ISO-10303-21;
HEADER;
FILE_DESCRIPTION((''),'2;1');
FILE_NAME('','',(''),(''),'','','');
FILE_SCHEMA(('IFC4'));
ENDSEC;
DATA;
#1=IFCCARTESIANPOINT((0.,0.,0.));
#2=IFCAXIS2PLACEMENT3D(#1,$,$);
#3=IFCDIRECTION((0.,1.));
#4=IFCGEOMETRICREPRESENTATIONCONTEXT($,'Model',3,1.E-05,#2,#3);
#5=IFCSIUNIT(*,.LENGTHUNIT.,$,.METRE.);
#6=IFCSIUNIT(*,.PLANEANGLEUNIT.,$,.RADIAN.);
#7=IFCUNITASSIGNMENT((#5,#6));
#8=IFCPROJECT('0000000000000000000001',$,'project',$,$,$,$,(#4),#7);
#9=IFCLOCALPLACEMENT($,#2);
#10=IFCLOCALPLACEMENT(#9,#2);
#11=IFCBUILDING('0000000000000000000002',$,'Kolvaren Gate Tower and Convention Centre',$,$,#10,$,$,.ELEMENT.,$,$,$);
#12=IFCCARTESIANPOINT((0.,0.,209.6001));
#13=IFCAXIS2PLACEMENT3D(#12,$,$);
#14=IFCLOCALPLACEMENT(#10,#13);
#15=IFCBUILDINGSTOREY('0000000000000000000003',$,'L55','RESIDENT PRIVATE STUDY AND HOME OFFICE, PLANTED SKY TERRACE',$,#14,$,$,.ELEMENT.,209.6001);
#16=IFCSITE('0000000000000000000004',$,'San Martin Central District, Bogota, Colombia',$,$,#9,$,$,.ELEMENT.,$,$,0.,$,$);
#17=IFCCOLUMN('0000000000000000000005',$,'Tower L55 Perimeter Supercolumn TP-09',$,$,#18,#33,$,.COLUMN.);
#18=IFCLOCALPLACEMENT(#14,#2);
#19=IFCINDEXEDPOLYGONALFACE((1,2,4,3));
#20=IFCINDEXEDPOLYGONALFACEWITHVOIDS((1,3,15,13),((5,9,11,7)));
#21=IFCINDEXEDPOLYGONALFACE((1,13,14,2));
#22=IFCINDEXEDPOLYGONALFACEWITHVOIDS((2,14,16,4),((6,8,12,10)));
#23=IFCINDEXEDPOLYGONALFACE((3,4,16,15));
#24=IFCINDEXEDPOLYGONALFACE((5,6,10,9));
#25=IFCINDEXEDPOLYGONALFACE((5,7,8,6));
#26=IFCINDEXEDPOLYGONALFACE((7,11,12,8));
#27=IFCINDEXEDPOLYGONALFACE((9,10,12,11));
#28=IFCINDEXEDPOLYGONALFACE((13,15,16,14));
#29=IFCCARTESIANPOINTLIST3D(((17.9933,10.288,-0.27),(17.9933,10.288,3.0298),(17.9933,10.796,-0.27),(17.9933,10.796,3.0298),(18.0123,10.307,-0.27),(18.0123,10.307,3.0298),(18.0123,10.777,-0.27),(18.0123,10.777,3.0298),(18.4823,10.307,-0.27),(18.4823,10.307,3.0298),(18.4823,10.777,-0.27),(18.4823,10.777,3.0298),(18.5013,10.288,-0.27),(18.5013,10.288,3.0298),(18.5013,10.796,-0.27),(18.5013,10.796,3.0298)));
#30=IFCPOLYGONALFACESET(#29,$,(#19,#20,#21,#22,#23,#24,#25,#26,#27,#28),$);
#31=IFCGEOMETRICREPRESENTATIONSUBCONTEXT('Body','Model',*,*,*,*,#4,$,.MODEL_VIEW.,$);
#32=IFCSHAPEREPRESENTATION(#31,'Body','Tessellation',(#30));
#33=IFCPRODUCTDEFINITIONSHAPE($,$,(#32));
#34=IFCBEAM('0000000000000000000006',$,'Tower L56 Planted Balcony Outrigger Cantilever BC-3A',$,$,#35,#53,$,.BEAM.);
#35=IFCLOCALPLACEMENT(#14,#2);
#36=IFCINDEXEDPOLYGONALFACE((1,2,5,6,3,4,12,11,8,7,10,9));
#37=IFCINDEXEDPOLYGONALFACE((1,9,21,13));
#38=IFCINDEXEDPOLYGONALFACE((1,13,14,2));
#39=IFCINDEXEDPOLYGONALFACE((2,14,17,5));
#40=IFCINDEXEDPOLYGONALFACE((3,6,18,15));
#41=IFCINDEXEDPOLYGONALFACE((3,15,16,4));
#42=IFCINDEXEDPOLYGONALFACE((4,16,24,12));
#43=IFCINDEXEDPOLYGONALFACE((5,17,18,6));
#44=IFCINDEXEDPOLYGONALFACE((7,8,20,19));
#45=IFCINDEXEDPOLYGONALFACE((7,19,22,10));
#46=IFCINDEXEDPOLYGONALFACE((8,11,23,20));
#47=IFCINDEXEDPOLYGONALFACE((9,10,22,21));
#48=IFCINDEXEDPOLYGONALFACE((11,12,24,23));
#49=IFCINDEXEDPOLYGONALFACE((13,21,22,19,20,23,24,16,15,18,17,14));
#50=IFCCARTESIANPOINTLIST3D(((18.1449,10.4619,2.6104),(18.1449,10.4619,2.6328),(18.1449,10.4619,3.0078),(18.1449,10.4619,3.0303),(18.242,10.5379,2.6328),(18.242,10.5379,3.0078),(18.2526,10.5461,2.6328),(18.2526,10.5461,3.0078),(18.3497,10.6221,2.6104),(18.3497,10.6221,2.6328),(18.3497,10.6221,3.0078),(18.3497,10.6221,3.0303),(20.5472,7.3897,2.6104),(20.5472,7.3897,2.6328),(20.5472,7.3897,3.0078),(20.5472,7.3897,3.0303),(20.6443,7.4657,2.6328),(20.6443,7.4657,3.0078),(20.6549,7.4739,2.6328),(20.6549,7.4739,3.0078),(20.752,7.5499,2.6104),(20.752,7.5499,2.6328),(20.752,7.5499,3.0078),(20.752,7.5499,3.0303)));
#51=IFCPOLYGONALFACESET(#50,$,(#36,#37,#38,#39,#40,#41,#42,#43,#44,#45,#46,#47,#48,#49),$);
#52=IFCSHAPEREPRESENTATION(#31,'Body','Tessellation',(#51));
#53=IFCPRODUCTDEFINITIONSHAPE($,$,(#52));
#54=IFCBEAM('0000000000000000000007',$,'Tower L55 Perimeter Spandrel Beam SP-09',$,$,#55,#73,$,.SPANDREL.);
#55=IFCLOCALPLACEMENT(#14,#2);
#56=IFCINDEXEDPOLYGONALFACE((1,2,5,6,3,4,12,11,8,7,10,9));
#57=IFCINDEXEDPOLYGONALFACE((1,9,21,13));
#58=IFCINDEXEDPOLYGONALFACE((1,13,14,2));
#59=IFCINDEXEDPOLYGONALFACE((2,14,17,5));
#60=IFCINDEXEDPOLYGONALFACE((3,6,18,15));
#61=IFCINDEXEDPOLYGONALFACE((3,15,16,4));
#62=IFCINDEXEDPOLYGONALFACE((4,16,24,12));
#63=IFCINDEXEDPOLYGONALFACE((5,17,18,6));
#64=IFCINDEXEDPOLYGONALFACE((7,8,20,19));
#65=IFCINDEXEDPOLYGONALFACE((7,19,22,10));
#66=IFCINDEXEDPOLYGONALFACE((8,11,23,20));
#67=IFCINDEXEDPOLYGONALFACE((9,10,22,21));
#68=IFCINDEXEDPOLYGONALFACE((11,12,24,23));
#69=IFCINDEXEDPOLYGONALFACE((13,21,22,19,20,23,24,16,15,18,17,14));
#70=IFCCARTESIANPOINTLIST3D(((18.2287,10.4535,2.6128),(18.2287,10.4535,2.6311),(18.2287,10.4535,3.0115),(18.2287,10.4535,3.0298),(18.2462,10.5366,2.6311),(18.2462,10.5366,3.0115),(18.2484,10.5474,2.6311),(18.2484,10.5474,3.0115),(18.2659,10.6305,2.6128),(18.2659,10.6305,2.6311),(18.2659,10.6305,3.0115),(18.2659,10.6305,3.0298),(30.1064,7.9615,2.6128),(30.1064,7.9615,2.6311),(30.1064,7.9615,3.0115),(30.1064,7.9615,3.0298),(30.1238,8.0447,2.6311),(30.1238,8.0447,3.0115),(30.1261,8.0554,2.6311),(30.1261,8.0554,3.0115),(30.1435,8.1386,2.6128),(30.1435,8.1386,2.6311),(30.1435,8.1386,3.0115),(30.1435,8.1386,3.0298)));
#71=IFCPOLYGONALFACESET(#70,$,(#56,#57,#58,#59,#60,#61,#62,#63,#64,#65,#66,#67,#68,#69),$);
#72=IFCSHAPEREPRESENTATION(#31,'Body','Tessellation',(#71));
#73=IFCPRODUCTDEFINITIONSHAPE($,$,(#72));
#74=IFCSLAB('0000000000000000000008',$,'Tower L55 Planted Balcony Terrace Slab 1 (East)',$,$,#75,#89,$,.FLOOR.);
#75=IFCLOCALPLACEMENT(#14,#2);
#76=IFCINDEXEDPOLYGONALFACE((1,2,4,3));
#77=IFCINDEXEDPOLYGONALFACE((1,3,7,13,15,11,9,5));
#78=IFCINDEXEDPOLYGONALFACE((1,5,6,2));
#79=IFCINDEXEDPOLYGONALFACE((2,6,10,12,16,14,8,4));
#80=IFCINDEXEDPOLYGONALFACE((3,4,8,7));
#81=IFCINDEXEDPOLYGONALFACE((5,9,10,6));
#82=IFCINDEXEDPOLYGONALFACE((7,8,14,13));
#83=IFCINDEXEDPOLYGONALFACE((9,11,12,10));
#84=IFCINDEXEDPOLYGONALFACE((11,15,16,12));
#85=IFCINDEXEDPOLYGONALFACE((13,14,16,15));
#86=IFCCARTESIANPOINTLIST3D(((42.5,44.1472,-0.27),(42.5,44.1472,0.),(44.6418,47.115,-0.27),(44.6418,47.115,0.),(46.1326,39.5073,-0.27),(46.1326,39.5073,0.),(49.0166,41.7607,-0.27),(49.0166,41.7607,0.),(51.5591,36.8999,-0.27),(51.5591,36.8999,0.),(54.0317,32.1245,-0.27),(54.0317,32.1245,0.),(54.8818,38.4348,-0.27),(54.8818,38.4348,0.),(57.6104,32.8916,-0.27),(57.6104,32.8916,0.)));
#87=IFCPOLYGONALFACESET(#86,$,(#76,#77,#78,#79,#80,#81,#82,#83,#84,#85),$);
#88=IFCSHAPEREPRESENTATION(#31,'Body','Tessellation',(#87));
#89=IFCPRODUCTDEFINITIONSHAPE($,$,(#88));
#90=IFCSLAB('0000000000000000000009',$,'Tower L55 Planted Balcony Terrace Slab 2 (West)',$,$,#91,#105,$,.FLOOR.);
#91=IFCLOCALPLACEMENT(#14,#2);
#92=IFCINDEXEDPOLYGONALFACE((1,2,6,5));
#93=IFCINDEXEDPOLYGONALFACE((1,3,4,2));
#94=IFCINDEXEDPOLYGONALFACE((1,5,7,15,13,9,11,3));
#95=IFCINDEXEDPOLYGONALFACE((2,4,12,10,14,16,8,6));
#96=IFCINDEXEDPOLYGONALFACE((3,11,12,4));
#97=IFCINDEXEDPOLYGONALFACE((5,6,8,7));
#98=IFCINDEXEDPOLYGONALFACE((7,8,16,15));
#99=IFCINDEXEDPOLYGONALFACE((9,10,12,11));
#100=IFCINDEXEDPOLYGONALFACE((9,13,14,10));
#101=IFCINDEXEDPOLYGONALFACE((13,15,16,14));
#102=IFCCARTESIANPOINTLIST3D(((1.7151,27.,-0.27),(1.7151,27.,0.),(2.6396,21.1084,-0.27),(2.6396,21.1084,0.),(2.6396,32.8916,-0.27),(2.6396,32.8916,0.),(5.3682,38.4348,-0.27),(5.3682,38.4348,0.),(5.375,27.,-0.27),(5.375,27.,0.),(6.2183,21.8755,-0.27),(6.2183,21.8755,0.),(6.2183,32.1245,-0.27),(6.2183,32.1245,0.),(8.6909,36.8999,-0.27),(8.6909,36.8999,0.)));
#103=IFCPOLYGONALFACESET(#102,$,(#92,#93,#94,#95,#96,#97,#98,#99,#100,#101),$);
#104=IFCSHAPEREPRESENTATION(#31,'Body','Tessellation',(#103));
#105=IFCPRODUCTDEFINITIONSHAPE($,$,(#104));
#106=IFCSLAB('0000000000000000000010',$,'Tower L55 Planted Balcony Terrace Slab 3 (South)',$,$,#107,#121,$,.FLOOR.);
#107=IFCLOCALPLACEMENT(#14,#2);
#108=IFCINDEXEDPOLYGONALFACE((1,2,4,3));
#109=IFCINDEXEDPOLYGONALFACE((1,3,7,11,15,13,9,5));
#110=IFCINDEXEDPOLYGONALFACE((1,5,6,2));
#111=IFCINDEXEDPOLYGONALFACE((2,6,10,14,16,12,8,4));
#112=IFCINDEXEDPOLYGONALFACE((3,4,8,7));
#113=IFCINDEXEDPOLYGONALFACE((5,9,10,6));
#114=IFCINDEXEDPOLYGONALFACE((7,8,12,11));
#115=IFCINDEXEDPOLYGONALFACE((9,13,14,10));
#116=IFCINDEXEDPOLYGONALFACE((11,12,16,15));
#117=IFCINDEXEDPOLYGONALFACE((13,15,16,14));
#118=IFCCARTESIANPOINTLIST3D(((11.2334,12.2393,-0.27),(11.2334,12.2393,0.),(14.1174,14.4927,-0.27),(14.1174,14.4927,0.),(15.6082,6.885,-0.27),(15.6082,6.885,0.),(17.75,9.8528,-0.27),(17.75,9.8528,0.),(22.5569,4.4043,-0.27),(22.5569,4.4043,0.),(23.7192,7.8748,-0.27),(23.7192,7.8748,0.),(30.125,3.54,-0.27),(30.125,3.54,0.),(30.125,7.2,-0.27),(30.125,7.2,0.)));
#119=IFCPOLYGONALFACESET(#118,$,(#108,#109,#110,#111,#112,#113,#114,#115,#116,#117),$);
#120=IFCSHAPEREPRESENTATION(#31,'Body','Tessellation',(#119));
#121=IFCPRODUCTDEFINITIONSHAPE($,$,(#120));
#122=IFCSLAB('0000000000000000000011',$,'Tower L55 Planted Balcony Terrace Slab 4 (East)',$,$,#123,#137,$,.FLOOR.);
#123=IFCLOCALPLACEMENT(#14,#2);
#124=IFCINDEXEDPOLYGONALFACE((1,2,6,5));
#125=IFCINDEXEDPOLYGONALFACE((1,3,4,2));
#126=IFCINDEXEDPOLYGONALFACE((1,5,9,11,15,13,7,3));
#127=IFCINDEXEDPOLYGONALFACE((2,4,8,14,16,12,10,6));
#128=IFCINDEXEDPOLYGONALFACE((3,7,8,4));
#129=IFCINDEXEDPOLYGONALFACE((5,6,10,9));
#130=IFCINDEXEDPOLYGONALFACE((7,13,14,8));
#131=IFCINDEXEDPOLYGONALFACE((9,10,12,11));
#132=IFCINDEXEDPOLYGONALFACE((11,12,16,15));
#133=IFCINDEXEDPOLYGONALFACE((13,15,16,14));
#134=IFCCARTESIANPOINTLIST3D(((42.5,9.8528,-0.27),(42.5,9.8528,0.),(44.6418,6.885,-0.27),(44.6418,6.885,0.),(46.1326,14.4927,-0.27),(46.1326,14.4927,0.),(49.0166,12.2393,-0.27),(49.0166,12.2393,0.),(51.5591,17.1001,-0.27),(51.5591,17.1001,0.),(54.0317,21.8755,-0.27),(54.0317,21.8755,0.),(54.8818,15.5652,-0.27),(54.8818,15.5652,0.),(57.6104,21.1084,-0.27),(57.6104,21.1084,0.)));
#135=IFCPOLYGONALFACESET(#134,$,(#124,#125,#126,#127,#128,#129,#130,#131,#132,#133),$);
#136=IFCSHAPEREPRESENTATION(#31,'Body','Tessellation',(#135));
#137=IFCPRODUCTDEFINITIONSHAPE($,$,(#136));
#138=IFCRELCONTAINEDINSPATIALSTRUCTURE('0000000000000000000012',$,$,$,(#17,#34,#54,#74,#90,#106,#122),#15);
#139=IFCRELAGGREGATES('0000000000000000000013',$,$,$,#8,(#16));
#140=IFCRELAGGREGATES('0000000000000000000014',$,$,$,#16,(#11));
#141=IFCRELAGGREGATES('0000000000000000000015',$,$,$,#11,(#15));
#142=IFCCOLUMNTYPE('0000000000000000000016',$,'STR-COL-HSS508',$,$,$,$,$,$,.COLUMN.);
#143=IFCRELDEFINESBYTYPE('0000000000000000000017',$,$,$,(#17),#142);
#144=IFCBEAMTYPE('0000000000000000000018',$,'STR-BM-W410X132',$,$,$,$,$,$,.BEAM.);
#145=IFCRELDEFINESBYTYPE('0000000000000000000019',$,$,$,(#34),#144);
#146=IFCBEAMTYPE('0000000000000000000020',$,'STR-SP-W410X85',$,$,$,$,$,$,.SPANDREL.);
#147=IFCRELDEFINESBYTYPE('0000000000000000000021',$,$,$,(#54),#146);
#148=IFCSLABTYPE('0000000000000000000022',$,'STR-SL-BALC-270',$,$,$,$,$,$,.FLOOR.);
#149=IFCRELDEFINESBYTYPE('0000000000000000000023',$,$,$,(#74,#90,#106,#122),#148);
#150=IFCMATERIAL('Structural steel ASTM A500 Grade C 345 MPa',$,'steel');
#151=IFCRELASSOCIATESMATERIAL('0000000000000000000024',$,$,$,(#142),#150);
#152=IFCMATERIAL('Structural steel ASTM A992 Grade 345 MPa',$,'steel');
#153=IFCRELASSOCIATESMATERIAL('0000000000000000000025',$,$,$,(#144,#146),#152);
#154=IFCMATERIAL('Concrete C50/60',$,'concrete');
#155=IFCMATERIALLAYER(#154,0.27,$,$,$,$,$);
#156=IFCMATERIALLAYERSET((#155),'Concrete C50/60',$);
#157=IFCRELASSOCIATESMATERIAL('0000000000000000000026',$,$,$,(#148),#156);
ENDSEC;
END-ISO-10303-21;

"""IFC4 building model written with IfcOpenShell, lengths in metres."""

from ifc_helpers import new_model, si_unit, direction, frame, origin, origin_2d, place, context, subcontext, project, spatial, polyline, hollow_rectangle, i_section, outline, extrude, material, layer, layer_set, material_profile, profile_set, type_object, element, save


model = new_model("IFC4")

# Units and contexts
model_context = context("Model", 3, precision=1e-05, world=origin(), true_north=direction((0.0, 1.0)))
body_context = subcontext(model_context, "Body", "Model", "MODEL_VIEW")
ifc_project = project(units=[si_unit("LENGTHUNIT", "METRE"), si_unit("PLANEANGLEUNIT", "RADIAN")], contexts=[model_context])

# Site, building, storey
site_placement = place(None, origin())
site = spatial("IfcSite", under=ifc_project, at=site_placement, Name="San Martin Central District, Bogota, Colombia", CompositionType="ELEMENT", RefElevation=0.0)
building_placement = place(site_placement, origin())
building = spatial("IfcBuilding", under=site, at=building_placement, Name="Kolvaren Gate Tower and Convention Centre", CompositionType="ELEMENT")
storey_placement = place(building_placement, frame((0.0, 0.0, 209.6001)))
storey = spatial("IfcBuildingStorey", under=building, at=storey_placement, Name="L55", Description="RESIDENT PRIVATE STUDY AND HOME OFFICE, PLANTED SKY TERRACE", CompositionType="ELEMENT", Elevation=209.6001)

# Column
ifc_material_1 = material(Name="Structural steel ASTM A500 Grade C 345 MPa", Category="steel")
ifc_material_profile_1 = material_profile(ifc_material_1, hollow_rectangle(XDim=0.5081, YDim=0.5081, WallThickness=0.019, at=origin_2d()), Name="HSS508X508X19.1")
ifc_profile_set_1 = profile_set([ifc_material_profile_1], Name="Structural steel ASTM A500 Grade C 345 MPa")
column_type = type_object("IfcColumnType", Name="STR-COL-HSS508", PredefinedType="COLUMN", material=ifc_profile_set_1)
column_placement = place(storey_placement, frame((18.2473, 10.542, -0.27), z_axis=(0.0, 0.0, 1.0), x_axis=(1.0, 0.0, 0.0)))
element("IfcColumn", 1, at=column_placement, inside=storey, type_object=column_type, Name="Tower L55 Perimeter Supercolumn TP-09", PredefinedType="COLUMN", context=body_context, shape_type="SweptSolid", body=[
    extrude(hollow_rectangle(XDim=0.5081, YDim=0.5081, WallThickness=0.019, at=origin_2d()), origin(), (0.0, 0.0, 1.0), 3.2998),
])

# Beams
ifc_material_2 = material(Name="Structural steel ASTM A992 Grade 345 MPa", Category="steel")
ifc_material_profile_2 = material_profile(ifc_material_2, i_section(OverallWidth=0.26, OverallDepth=0.4199, WebThickness=0.0134, FlangeThickness=0.0225, at=origin_2d()), Name="W410X132")
ifc_profile_set_2 = profile_set([ifc_material_profile_2], Name="Structural steel ASTM A992 Grade 345 MPa")
beam_type_1 = type_object("IfcBeamType", Name="STR-BM-W410X132", PredefinedType="BEAM", material=ifc_profile_set_2)
beam_1_placement = place(storey_placement, frame((18.2473, 10.542, 2.8203), z_axis=(0.615984, -0.787759, 0.0), x_axis=(0.787759, 0.615984, 0.0)))
element("IfcBeam", 2, at=beam_1_placement, inside=storey, type_object=beam_type_1, Name="Tower L56 Planted Balcony Outrigger Cantilever BC-3A", PredefinedType="BEAM", context=body_context, shape_type="SweptSolid", body=[
    extrude(i_section(OverallWidth=0.26, OverallDepth=0.4199, WebThickness=0.0134, FlangeThickness=0.0225, at=origin_2d()), origin(), (0.0, 0.0, 1.0), 3.8999),
])
ifc_material_profile_3 = material_profile(ifc_material_2, i_section(OverallWidth=0.1809, OverallDepth=0.417, WebThickness=0.011, FlangeThickness=0.0183, at=origin_2d()), Name="W410X85")
ifc_profile_set_3 = profile_set([ifc_material_profile_3], Name="Structural steel ASTM A992 Grade 345 MPa")
beam_type_2 = type_object("IfcBeamType", Name="STR-SP-W410X85", PredefinedType="SPANDREL", material=ifc_profile_set_3)
beam_2_placement = place(storey_placement, frame((18.2473, 10.542, 2.8213), z_axis=(0.978693, -0.20533, 0.0), x_axis=(0.20533, 0.978693, 0.0)))
element("IfcBeam", 3, at=beam_2_placement, inside=storey, type_object=beam_type_2, Name="Tower L55 Perimeter Spandrel Beam SP-09", PredefinedType="SPANDREL", context=body_context, shape_type="SweptSolid", body=[
    extrude(i_section(OverallWidth=0.1809, OverallDepth=0.417, WebThickness=0.011, FlangeThickness=0.0183, at=origin_2d()), origin(), (0.0, 0.0, 1.0), 12.1362),
])

# Slabs
ifc_material_3 = material(Name="Concrete C50/60", Category="concrete")
ifc_layer_1 = layer(ifc_material_3, 0.27)
ifc_layer_set_1 = layer_set([ifc_layer_1], Name="Concrete C50/60")
slab_type_1 = type_object("IfcSlabType", Name="STR-SL-BALC-270", PredefinedType="FLOOR", material=ifc_layer_set_1)
slab_1_placement = place(storey_placement, frame((0.0, 0.0, -0.27)))
element("IfcSlab", 4, at=slab_1_placement, inside=storey, type_object=slab_type_1, Name="Tower L55 Planted Balcony Terrace Slab 1 (East)", PredefinedType="FLOOR", context=body_context, shape_type="SweptSolid", body=[
    extrude(outline(polyline([(54.0317, 32.1245), (51.5591, 36.8999), (46.1326, 39.5073), (42.5, 44.1472), (44.6418, 47.115), (49.0166, 41.7607), (54.8818, 38.4348), (57.6104, 32.8916), (54.0317, 32.1245)])), origin(), (0.0, 0.0, 1.0), 0.27),
])
slab_2_placement = place(storey_placement, frame((0.0, 0.0, -0.27)))
element("IfcSlab", 5, at=slab_2_placement, inside=storey, type_object=slab_type_1, Name="Tower L55 Planted Balcony Terrace Slab 2 (West)", PredefinedType="FLOOR", context=body_context, shape_type="SweptSolid", body=[
    extrude(outline(polyline([(8.6909, 36.8999), (6.2183, 32.1245), (5.375, 27.0), (6.2183, 21.8755), (2.6396, 21.1084), (1.7151, 27.0), (2.6396, 32.8916), (5.3682, 38.4348), (8.6909, 36.8999)])), origin(), (0.0, 0.0, 1.0), 0.27),
])
slab_3_placement = place(storey_placement, frame((0.0, 0.0, -0.27)))
element("IfcSlab", 6, at=slab_3_placement, inside=storey, type_object=slab_type_1, Name="Tower L55 Planted Balcony Terrace Slab 3 (South)", PredefinedType="FLOOR", context=body_context, shape_type="SweptSolid", body=[
    extrude(outline(polyline([(14.1174, 14.4927), (17.75, 9.8528), (23.7192, 7.8748), (30.125, 7.2), (30.125, 3.54), (22.5569, 4.4043), (15.6082, 6.885), (11.2334, 12.2393), (14.1174, 14.4927)])), origin(), (0.0, 0.0, 1.0), 0.27),
])
slab_4_placement = place(storey_placement, frame((0.0, 0.0, -0.27)))
element("IfcSlab", 7, at=slab_4_placement, inside=storey, type_object=slab_type_1, Name="Tower L55 Planted Balcony Terrace Slab 4 (East)", PredefinedType="FLOOR", context=body_context, shape_type="SweptSolid", body=[
    extrude(outline(polyline([(42.5, 9.8528), (46.1326, 14.4927), (51.5591, 17.1001), (54.0317, 21.8755), (57.6104, 21.1084), (54.8818, 15.5652), (49.0166, 12.2393), (44.6418, 6.885), (42.5, 9.8528)])), origin(), (0.0, 0.0, 1.0), 0.27),
])

save(model, "model.ifc")
